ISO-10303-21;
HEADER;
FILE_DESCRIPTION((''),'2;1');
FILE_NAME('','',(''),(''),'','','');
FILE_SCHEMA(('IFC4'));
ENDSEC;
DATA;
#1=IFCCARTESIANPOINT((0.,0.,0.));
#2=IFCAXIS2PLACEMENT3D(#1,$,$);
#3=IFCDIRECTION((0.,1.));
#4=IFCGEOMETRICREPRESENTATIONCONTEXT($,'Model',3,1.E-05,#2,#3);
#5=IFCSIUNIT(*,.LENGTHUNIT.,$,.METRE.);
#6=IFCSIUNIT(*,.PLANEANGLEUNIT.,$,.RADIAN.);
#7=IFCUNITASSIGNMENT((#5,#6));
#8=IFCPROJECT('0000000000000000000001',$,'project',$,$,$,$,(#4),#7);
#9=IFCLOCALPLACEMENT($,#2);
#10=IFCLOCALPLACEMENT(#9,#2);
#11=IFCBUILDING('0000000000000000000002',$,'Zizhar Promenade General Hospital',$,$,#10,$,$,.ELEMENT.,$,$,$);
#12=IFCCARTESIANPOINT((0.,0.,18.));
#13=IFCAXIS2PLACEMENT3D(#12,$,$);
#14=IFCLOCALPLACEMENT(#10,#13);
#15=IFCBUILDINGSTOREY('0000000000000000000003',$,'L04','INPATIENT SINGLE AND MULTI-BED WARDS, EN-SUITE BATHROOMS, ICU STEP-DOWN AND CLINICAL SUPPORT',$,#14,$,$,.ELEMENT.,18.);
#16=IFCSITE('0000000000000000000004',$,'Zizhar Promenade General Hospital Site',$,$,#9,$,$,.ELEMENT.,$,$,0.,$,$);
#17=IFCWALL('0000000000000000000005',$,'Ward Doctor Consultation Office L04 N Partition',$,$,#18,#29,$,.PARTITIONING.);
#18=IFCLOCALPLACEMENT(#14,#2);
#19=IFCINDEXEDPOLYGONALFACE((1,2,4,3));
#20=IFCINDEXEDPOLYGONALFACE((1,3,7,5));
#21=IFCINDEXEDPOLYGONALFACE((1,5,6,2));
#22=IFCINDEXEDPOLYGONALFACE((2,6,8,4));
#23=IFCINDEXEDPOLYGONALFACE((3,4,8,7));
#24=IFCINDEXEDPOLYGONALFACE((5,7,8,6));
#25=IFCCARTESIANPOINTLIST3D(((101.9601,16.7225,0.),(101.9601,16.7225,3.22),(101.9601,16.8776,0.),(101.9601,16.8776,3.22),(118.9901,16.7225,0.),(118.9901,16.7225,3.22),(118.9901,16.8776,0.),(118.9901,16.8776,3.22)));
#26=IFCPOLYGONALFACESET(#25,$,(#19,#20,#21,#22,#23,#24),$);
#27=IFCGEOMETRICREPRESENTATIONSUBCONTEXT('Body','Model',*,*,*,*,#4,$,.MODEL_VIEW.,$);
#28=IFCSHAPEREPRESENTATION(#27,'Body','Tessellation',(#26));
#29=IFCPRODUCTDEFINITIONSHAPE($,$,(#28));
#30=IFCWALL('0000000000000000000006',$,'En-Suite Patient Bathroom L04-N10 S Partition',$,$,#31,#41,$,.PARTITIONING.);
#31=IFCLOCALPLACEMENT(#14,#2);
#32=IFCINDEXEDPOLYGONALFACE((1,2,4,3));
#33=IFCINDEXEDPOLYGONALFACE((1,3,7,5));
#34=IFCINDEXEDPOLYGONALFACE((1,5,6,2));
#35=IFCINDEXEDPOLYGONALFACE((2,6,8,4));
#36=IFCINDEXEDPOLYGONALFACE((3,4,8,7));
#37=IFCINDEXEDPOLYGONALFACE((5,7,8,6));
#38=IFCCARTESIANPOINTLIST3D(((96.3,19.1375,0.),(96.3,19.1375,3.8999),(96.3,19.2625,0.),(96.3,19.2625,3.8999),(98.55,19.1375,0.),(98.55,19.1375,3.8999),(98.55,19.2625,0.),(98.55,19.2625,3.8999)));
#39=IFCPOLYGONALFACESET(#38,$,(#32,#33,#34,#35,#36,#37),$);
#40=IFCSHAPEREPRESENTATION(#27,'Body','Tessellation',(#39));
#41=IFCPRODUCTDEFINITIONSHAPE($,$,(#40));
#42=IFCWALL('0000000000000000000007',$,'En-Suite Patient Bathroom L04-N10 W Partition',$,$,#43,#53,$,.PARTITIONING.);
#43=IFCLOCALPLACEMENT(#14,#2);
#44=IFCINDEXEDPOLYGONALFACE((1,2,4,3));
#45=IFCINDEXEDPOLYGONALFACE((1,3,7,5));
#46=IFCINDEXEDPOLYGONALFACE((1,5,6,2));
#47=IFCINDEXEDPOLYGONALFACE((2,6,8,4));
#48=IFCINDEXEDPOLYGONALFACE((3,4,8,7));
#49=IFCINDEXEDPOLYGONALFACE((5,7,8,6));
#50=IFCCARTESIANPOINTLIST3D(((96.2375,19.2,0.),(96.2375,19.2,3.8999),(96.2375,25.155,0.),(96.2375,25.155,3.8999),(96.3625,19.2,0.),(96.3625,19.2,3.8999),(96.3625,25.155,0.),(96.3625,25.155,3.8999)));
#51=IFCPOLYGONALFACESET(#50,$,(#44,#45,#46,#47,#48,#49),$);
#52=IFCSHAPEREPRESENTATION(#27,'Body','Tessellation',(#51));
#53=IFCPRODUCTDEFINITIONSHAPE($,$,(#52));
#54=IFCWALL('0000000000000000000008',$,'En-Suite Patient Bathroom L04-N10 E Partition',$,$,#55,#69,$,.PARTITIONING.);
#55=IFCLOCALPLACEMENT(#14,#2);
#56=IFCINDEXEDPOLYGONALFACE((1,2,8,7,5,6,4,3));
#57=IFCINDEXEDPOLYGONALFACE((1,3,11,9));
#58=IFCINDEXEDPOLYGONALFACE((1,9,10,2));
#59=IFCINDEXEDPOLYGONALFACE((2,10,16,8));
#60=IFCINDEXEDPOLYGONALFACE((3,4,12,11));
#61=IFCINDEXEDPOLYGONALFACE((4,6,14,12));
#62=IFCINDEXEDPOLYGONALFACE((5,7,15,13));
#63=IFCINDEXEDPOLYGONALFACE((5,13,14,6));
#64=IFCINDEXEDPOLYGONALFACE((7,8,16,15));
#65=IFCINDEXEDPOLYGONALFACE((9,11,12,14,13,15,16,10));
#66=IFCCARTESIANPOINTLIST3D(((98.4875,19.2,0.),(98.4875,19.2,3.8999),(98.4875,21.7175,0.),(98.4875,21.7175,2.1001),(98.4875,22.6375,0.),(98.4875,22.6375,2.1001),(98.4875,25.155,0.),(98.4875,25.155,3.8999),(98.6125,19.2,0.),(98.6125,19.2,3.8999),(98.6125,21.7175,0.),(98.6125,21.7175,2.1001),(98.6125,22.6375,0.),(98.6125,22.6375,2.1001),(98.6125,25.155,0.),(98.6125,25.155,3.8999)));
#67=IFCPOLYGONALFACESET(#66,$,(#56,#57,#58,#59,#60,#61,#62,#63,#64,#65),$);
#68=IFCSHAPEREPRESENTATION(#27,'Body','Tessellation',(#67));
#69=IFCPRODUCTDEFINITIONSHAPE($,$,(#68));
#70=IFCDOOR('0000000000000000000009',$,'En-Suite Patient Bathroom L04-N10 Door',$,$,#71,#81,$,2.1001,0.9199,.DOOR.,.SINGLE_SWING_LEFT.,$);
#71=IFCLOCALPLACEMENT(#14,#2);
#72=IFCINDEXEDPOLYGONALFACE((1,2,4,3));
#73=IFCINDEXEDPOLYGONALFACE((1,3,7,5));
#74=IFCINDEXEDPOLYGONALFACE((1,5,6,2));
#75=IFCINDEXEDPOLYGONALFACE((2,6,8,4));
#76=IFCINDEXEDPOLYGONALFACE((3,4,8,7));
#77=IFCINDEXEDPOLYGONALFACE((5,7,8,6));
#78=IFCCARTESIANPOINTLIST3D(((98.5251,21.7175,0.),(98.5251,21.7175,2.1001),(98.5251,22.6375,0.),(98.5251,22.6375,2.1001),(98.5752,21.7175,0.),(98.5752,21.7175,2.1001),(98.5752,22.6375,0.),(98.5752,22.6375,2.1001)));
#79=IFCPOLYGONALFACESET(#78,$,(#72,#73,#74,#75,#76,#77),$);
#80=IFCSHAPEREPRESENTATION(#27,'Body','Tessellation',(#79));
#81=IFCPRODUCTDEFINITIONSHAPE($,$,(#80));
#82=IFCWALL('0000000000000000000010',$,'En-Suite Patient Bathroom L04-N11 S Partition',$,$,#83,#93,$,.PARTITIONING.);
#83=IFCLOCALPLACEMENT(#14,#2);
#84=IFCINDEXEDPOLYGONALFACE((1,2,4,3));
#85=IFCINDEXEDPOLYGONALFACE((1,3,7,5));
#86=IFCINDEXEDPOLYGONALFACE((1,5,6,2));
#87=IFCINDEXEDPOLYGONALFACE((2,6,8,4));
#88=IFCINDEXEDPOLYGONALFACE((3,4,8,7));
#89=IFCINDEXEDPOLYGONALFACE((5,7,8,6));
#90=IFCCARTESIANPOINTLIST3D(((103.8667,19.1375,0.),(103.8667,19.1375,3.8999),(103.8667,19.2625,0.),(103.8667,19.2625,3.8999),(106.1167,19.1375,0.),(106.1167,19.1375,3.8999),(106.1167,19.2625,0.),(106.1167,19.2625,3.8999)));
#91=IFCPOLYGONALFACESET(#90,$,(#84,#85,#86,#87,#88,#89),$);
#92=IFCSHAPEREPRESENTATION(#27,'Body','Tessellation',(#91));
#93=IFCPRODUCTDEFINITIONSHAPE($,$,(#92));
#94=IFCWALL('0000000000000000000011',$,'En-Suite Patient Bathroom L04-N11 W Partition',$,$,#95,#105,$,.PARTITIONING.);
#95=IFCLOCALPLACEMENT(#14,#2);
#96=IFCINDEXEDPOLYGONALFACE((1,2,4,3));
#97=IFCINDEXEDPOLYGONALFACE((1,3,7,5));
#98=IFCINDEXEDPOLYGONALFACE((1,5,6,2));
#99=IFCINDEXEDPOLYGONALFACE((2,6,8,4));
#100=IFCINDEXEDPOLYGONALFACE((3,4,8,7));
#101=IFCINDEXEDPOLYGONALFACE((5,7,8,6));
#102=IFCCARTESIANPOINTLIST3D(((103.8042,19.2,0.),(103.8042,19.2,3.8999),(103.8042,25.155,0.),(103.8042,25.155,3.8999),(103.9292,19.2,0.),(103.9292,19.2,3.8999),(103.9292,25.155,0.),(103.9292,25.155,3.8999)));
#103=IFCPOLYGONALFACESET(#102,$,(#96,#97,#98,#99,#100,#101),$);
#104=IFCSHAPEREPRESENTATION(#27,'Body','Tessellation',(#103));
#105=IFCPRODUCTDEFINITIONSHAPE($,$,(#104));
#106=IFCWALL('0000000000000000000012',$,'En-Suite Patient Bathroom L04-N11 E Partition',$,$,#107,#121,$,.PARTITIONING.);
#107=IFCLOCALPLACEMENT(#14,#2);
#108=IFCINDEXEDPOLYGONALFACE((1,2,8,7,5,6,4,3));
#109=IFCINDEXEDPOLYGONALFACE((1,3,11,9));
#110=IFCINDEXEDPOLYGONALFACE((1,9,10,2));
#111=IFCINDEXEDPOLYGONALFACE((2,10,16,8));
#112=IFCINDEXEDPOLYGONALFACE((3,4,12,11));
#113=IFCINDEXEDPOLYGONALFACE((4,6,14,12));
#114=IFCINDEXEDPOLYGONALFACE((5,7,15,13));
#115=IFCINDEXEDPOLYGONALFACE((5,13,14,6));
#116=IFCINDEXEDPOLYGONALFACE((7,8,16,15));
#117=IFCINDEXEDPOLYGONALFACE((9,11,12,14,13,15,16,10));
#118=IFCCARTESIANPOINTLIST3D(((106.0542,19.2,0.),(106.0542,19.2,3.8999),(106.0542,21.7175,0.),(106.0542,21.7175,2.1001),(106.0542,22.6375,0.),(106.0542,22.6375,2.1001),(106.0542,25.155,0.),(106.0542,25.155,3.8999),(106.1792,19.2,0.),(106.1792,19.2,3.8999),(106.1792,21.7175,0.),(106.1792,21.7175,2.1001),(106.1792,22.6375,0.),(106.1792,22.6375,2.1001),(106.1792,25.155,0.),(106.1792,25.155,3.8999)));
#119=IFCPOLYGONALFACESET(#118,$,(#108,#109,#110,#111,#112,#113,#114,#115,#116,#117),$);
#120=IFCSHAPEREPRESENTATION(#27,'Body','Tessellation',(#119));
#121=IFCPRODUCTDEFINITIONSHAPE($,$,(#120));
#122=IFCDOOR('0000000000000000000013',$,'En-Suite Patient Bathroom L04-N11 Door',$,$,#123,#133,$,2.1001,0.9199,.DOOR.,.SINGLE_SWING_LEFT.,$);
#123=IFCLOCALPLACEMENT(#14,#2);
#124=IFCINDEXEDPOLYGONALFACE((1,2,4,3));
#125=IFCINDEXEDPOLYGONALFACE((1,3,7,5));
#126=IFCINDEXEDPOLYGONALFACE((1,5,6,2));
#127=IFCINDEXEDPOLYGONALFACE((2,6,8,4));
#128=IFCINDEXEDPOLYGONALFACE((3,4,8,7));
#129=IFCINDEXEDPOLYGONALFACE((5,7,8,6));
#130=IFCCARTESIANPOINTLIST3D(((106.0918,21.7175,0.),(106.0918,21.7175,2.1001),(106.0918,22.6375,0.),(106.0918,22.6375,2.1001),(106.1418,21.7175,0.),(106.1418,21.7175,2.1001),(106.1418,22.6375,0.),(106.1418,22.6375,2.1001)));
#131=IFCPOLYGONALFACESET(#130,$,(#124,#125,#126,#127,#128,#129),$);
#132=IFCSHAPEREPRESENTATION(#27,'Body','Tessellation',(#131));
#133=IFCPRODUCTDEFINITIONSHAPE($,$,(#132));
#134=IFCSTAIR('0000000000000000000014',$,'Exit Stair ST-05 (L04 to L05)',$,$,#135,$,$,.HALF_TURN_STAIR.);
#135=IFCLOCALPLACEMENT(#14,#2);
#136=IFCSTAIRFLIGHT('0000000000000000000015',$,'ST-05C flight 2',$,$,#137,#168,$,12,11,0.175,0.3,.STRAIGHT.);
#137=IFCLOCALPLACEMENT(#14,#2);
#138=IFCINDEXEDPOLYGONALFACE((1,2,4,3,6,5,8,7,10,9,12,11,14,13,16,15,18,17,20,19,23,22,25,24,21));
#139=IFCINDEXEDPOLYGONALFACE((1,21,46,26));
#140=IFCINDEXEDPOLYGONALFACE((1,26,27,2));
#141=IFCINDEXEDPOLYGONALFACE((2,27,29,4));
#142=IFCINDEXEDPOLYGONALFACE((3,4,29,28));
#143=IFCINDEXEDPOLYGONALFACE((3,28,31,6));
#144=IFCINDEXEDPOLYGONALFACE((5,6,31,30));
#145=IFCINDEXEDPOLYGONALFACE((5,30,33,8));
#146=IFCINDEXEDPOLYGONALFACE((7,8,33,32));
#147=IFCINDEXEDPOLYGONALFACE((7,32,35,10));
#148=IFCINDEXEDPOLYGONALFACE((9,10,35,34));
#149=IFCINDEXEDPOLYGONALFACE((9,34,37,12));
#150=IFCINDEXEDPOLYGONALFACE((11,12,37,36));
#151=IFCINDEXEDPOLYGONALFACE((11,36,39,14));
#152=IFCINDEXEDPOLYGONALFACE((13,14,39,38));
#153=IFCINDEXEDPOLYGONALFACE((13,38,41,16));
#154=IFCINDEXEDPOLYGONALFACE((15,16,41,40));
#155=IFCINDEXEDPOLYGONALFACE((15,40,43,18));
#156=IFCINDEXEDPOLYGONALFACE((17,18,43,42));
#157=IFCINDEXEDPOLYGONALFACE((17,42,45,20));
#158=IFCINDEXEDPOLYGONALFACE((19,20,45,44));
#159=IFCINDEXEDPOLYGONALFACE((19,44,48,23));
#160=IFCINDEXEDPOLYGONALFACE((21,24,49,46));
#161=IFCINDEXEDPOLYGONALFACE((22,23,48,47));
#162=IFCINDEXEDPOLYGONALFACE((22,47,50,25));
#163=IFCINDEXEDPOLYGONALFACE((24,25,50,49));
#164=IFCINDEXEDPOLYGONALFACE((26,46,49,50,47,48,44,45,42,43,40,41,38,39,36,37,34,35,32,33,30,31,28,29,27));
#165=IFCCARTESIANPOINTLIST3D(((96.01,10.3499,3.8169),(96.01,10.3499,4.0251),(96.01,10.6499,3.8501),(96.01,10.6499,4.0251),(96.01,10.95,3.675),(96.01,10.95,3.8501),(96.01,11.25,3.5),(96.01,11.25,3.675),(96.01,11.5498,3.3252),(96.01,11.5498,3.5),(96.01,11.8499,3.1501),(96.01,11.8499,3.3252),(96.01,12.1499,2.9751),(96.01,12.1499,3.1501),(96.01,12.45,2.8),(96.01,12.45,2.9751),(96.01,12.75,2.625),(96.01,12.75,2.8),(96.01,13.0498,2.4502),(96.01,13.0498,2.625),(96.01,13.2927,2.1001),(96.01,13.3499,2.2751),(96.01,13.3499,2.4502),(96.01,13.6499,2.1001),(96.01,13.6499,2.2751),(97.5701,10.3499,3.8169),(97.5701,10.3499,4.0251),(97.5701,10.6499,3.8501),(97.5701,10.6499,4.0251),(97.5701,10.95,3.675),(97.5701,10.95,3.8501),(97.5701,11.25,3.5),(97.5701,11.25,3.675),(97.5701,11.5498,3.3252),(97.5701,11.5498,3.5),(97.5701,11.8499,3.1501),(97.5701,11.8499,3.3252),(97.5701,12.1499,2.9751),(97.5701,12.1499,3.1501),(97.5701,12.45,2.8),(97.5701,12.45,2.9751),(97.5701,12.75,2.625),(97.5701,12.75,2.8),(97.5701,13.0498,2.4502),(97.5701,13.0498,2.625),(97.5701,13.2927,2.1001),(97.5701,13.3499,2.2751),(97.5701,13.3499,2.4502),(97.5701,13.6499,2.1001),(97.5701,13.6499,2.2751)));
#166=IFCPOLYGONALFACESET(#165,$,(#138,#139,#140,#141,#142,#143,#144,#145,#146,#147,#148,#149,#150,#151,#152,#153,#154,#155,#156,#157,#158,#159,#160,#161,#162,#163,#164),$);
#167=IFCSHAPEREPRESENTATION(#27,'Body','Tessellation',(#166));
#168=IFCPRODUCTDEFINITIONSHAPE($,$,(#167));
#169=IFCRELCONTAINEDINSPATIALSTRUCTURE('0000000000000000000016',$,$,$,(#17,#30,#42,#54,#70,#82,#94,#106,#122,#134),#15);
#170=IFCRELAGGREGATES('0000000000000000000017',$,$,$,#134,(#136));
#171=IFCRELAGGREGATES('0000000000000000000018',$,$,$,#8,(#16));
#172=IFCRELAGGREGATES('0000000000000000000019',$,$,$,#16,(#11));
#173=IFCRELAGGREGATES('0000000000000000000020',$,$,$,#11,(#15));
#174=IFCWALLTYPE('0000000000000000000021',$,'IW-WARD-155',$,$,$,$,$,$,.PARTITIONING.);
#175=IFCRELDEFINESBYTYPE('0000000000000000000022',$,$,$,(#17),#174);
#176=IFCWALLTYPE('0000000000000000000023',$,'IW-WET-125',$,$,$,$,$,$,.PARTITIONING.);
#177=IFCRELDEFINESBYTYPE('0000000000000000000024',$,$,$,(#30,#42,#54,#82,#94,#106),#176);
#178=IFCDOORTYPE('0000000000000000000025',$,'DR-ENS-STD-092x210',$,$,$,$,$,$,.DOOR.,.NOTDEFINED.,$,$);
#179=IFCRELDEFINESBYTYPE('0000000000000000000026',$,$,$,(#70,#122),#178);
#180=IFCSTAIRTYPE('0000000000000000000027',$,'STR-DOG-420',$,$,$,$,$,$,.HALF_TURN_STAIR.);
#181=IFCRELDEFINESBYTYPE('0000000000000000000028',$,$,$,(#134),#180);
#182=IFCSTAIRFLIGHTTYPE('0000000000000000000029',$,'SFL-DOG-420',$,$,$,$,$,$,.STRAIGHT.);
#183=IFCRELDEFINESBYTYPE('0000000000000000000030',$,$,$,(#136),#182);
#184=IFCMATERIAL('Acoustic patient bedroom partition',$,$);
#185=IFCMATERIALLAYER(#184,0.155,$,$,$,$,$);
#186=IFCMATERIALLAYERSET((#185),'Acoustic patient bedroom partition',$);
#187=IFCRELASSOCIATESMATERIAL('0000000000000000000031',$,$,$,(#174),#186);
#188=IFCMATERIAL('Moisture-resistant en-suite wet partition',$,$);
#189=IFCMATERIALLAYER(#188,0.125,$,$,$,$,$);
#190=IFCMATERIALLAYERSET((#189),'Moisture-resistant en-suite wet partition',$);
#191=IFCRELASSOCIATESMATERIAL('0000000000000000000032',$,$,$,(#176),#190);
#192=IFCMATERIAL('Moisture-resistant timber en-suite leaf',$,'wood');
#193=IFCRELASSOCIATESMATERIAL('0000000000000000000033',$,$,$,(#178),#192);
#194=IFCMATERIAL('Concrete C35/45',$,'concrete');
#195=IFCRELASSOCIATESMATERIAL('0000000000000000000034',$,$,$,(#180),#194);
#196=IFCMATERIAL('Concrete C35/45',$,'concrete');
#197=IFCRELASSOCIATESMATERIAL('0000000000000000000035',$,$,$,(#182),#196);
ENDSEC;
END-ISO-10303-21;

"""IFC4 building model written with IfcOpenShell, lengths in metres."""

from ifc_helpers import new_model, si_unit, direction, frame, frame_2d, origin, place, context, subcontext, project, spatial, polyline, rectangle, outline, extrude, material, layer, layer_set, type_object, element, fill, aggregate, save


model = new_model("IFC4")

# Units and contexts
model_context = context("Model", 3, precision=1e-05, world=origin(), true_north=direction((0.0, 1.0)))
body_context = subcontext(model_context, "Body", "Model", "MODEL_VIEW")
ifc_project = project(units=[si_unit("LENGTHUNIT", "METRE"), si_unit("PLANEANGLEUNIT", "RADIAN")], contexts=[model_context])

# Site, building, storey
site_placement = place(None, origin())
site = spatial("IfcSite", under=ifc_project, at=site_placement, Name="Zizhar Promenade General Hospital Site", CompositionType="ELEMENT", RefElevation=0.0)
building_placement = place(site_placement, origin())
building = spatial("IfcBuilding", under=site, at=building_placement, Name="Zizhar Promenade General Hospital", CompositionType="ELEMENT")
storey_placement = place(building_placement, frame((0.0, 0.0, 18.0)))
storey = spatial("IfcBuildingStorey", under=building, at=storey_placement, Name="L04", Description="INPATIENT SINGLE AND MULTI-BED WARDS, EN-SUITE BATHROOMS, ICU STEP-DOWN AND CLINICAL SUPPORT", CompositionType="ELEMENT", Elevation=18.0)

# Shared definitions
ifc_material_1 = material(Name="Acoustic patient bedroom partition")
ifc_layer_1 = layer(ifc_material_1, 0.155)
ifc_layer_set_1 = layer_set([ifc_layer_1], Name="Acoustic patient bedroom partition")
wall_type_1 = type_object("IfcWallType", Name="IW-WARD-155", PredefinedType="PARTITIONING", material=ifc_layer_set_1)

# Walls
wall_1_placement = place(storey_placement, frame((101.96, 16.8, 0.0), z_axis=(0.0, 0.0, 1.0), x_axis=(1.0, 0.0, 0.0)))
element("IfcWall", 1, at=wall_1_placement, inside=storey, type_object=wall_type_1, Name="Ward Doctor Consultation Office L04 N Partition", PredefinedType="PARTITIONING", context=body_context, shape_type="SweptSolid", body=[
    extrude(rectangle(XDim=17.03, YDim=0.155, at=frame_2d((8.5151, 0.0))), origin(), (0.0, 0.0, 1.0), 3.22),
])
ifc_material_2 = material(Name="Moisture-resistant en-suite wet partition")
ifc_layer_2 = layer(ifc_material_2, 0.125)
ifc_layer_set_2 = layer_set([ifc_layer_2], Name="Moisture-resistant en-suite wet partition")
wall_type_2 = type_object("IfcWallType", Name="IW-WET-125", PredefinedType="PARTITIONING", material=ifc_layer_set_2)
wall_2_placement = place(storey_placement, frame((96.3, 19.2, 0.0), z_axis=(0.0, 0.0, 1.0), x_axis=(1.0, 0.0, 0.0)))
element("IfcWall", 2, at=wall_2_placement, inside=storey, type_object=wall_type_2, Name="En-Suite Patient Bathroom L04-N10 S Partition", PredefinedType="PARTITIONING", context=body_context, shape_type="SweptSolid", body=[
    extrude(rectangle(XDim=2.25, YDim=0.125, at=frame_2d((1.125, 0.0))), origin(), (0.0, 0.0, 1.0), 3.8999),
])
wall_3_placement = place(storey_placement, frame((96.3, 19.2, 0.0), z_axis=(0.0, 0.0, 1.0), x_axis=(0.0, 1.0, 0.0)))
element("IfcWall", 3, at=wall_3_placement, inside=storey, type_object=wall_type_2, Name="En-Suite Patient Bathroom L04-N10 W Partition", PredefinedType="PARTITIONING", context=body_context, shape_type="SweptSolid", body=[
    extrude(rectangle(XDim=5.9551, YDim=0.125, at=frame_2d((2.9775, 0.0))), origin(), (0.0, 0.0, 1.0), 3.8999),
])

# Wall, opening, door
wall_4_placement = place(storey_placement, frame((98.55, 19.2, 0.0), z_axis=(0.0, 0.0, 1.0), x_axis=(0.0, 1.0, 0.0)))
wall_4 = element("IfcWall", 4, at=wall_4_placement, inside=storey, type_object=wall_type_2, Name="En-Suite Patient Bathroom L04-N10 E Partition", PredefinedType="PARTITIONING", context=body_context, shape_type="SweptSolid", body=[
    extrude(rectangle(XDim=5.9551, YDim=0.125, at=frame_2d((2.9775, 0.0))), origin(), (0.0, 0.0, 1.0), 3.8999),
])
opening_1_placement = place(wall_4_placement, frame((2.5176, 0.0, 0.0)))
opening_1 = element("IfcOpeningElement", 5, at=opening_1_placement, cuts=wall_4, PredefinedType="OPENING", context=body_context, shape_type="SweptSolid", body=[
    extrude(rectangle(XDim=0.9199, YDim=2.1001, at=frame_2d((0.46, 1.05))), frame((0.0, 0.0725, 0.0), z_axis=(0.0, -1.0, 0.0), x_axis=(1.0, 0.0, 0.0)), (0.0, 0.0, 1.0), 0.145),
])
ifc_material_3 = material(Name="Moisture-resistant timber en-suite leaf", Category="wood")
door_type_1 = type_object("IfcDoorType", Name="DR-ENS-STD-092x210", OperationType="NOTDEFINED", PredefinedType="DOOR", material=ifc_material_3)
door_1_placement = place(opening_1_placement, origin())
door_1 = element("IfcDoor", 6, at=door_1_placement, inside=storey, type_object=door_type_1, Name="En-Suite Patient Bathroom L04-N10 Door", OperationType="SINGLE_SWING_LEFT", OverallHeight=2.1001, OverallWidth=0.9199, PredefinedType="DOOR", context=body_context, shape_type="SweptSolid", body=[
    extrude(rectangle(XDim=0.9199, YDim=2.1001, at=frame_2d((0.46, 1.05))), frame((0.0, 0.0249, 0.0), z_axis=(0.0, -1.0, 0.0), x_axis=(1.0, 0.0, 0.0)), (0.0, 0.0, 1.0), 0.05),
])
fill(opening_1, door_1)

# Walls
wall_5_placement = place(storey_placement, frame((103.8667, 19.2, 0.0), z_axis=(0.0, 0.0, 1.0), x_axis=(1.0, 0.0, 0.0)))
element("IfcWall", 7, at=wall_5_placement, inside=storey, type_object=wall_type_2, Name="En-Suite Patient Bathroom L04-N11 S Partition", PredefinedType="PARTITIONING", context=body_context, shape_type="SweptSolid", body=[
    extrude(rectangle(XDim=2.25, YDim=0.125, at=frame_2d((1.125, 0.0))), origin(), (0.0, 0.0, 1.0), 3.8999),
])
wall_6_placement = place(storey_placement, frame((103.8667, 19.2, 0.0), z_axis=(0.0, 0.0, 1.0), x_axis=(0.0, 1.0, 0.0)))
element("IfcWall", 8, at=wall_6_placement, inside=storey, type_object=wall_type_2, Name="En-Suite Patient Bathroom L04-N11 W Partition", PredefinedType="PARTITIONING", context=body_context, shape_type="SweptSolid", body=[
    extrude(rectangle(XDim=5.9551, YDim=0.125, at=frame_2d((2.9775, 0.0))), origin(), (0.0, 0.0, 1.0), 3.8999),
])

# Wall, opening, door
wall_7_placement = place(storey_placement, frame((106.1167, 19.2, 0.0), z_axis=(0.0, 0.0, 1.0), x_axis=(0.0, 1.0, 0.0)))
wall_7 = element("IfcWall", 9, at=wall_7_placement, inside=storey, type_object=wall_type_2, Name="En-Suite Patient Bathroom L04-N11 E Partition", PredefinedType="PARTITIONING", context=body_context, shape_type="SweptSolid", body=[
    extrude(rectangle(XDim=5.9551, YDim=0.125, at=frame_2d((2.9775, 0.0))), origin(), (0.0, 0.0, 1.0), 3.8999),
])
opening_2_placement = place(wall_7_placement, frame((2.5176, 0.0, 0.0)))
opening_2 = element("IfcOpeningElement", 10, at=opening_2_placement, cuts=wall_7, PredefinedType="OPENING", context=body_context, shape_type="SweptSolid", body=[
    extrude(rectangle(XDim=0.9199, YDim=2.1001, at=frame_2d((0.46, 1.05))), frame((0.0, 0.0725, 0.0), z_axis=(0.0, -1.0, 0.0), x_axis=(1.0, 0.0, 0.0)), (0.0, 0.0, 1.0), 0.145),
])
door_2_placement = place(opening_2_placement, origin())
door_2 = element("IfcDoor", 11, at=door_2_placement, inside=storey, type_object=door_type_1, Name="En-Suite Patient Bathroom L04-N11 Door", OperationType="SINGLE_SWING_LEFT", OverallHeight=2.1001, OverallWidth=0.9199, PredefinedType="DOOR", context=body_context, shape_type="SweptSolid", body=[
    extrude(rectangle(XDim=0.9199, YDim=2.1001, at=frame_2d((0.46, 1.05))), frame((0.0, 0.0249, 0.0), z_axis=(0.0, -1.0, 0.0), x_axis=(1.0, 0.0, 0.0)), (0.0, 0.0, 1.0), 0.05),
])
fill(opening_2, door_2)

# Stair, stair flight
ifc_material_4 = material(Name="Concrete C35/45", Category="concrete")
stair_type = type_object("IfcStairType", Name="STR-DOG-420", PredefinedType="HALF_TURN_STAIR", material=ifc_material_4)
stair_placement = place(storey_placement, origin())
stair = element("IfcStair", 12, at=stair_placement, inside=storey, type_object=stair_type, Name="Exit Stair ST-05 (L04 to L05)", PredefinedType="HALF_TURN_STAIR")
ifc_material_5 = material(Name="Concrete C35/45", Category="concrete")
stair_flight_type = type_object("IfcStairFlightType", Name="SFL-DOG-420", PredefinedType="STRAIGHT", material=ifc_material_5)
stair_flight_placement = place(storey_placement, frame((96.79, 13.6499, 2.1001), z_axis=(0.0, 0.0, 1.0), x_axis=(0.0, -1.0, 0.0)))
stair_flight = element("IfcStairFlight", 13, at=stair_flight_placement, type_object=stair_flight_type, Name="ST-05C flight 2", NumberOfRisers=12, NumberOfTreads=11, PredefinedType="STRAIGHT", RiserHeight=0.175, TreadLength=0.3, context=body_context, shape_type="SweptSolid", body=[
    extrude(outline(polyline([(0.0, 0.0), (0.0, 0.175), (0.3, 0.175), (0.3, 0.3501), (0.6001, 0.3501), (0.6001, 0.5249), (0.8999, 0.5249), (0.8999, 0.7), (1.2, 0.7), (1.2, 0.875), (1.5, 0.875), (1.5, 1.05), (1.8, 1.05), (1.8, 1.2251), (2.1001, 1.2251), (2.1001, 1.3999), (2.3999, 1.3999), (2.3999, 1.575), (2.7, 1.575), (2.7, 1.75), (3.0, 1.75), (3.0, 1.925), (3.3, 1.925), (3.3, 2.1001), (3.3, 1.7168), (0.3572, 0.0), (0.0, 0.0)])), frame((0.0, 0.78, 0.0), z_axis=(0.0, -1.0, 0.0), x_axis=(1.0, 0.0, 0.0)), (0.0, 0.0, 1.0), 1.5601),
])
aggregate(stair, [stair_flight])

save(model, "model.ifc")
